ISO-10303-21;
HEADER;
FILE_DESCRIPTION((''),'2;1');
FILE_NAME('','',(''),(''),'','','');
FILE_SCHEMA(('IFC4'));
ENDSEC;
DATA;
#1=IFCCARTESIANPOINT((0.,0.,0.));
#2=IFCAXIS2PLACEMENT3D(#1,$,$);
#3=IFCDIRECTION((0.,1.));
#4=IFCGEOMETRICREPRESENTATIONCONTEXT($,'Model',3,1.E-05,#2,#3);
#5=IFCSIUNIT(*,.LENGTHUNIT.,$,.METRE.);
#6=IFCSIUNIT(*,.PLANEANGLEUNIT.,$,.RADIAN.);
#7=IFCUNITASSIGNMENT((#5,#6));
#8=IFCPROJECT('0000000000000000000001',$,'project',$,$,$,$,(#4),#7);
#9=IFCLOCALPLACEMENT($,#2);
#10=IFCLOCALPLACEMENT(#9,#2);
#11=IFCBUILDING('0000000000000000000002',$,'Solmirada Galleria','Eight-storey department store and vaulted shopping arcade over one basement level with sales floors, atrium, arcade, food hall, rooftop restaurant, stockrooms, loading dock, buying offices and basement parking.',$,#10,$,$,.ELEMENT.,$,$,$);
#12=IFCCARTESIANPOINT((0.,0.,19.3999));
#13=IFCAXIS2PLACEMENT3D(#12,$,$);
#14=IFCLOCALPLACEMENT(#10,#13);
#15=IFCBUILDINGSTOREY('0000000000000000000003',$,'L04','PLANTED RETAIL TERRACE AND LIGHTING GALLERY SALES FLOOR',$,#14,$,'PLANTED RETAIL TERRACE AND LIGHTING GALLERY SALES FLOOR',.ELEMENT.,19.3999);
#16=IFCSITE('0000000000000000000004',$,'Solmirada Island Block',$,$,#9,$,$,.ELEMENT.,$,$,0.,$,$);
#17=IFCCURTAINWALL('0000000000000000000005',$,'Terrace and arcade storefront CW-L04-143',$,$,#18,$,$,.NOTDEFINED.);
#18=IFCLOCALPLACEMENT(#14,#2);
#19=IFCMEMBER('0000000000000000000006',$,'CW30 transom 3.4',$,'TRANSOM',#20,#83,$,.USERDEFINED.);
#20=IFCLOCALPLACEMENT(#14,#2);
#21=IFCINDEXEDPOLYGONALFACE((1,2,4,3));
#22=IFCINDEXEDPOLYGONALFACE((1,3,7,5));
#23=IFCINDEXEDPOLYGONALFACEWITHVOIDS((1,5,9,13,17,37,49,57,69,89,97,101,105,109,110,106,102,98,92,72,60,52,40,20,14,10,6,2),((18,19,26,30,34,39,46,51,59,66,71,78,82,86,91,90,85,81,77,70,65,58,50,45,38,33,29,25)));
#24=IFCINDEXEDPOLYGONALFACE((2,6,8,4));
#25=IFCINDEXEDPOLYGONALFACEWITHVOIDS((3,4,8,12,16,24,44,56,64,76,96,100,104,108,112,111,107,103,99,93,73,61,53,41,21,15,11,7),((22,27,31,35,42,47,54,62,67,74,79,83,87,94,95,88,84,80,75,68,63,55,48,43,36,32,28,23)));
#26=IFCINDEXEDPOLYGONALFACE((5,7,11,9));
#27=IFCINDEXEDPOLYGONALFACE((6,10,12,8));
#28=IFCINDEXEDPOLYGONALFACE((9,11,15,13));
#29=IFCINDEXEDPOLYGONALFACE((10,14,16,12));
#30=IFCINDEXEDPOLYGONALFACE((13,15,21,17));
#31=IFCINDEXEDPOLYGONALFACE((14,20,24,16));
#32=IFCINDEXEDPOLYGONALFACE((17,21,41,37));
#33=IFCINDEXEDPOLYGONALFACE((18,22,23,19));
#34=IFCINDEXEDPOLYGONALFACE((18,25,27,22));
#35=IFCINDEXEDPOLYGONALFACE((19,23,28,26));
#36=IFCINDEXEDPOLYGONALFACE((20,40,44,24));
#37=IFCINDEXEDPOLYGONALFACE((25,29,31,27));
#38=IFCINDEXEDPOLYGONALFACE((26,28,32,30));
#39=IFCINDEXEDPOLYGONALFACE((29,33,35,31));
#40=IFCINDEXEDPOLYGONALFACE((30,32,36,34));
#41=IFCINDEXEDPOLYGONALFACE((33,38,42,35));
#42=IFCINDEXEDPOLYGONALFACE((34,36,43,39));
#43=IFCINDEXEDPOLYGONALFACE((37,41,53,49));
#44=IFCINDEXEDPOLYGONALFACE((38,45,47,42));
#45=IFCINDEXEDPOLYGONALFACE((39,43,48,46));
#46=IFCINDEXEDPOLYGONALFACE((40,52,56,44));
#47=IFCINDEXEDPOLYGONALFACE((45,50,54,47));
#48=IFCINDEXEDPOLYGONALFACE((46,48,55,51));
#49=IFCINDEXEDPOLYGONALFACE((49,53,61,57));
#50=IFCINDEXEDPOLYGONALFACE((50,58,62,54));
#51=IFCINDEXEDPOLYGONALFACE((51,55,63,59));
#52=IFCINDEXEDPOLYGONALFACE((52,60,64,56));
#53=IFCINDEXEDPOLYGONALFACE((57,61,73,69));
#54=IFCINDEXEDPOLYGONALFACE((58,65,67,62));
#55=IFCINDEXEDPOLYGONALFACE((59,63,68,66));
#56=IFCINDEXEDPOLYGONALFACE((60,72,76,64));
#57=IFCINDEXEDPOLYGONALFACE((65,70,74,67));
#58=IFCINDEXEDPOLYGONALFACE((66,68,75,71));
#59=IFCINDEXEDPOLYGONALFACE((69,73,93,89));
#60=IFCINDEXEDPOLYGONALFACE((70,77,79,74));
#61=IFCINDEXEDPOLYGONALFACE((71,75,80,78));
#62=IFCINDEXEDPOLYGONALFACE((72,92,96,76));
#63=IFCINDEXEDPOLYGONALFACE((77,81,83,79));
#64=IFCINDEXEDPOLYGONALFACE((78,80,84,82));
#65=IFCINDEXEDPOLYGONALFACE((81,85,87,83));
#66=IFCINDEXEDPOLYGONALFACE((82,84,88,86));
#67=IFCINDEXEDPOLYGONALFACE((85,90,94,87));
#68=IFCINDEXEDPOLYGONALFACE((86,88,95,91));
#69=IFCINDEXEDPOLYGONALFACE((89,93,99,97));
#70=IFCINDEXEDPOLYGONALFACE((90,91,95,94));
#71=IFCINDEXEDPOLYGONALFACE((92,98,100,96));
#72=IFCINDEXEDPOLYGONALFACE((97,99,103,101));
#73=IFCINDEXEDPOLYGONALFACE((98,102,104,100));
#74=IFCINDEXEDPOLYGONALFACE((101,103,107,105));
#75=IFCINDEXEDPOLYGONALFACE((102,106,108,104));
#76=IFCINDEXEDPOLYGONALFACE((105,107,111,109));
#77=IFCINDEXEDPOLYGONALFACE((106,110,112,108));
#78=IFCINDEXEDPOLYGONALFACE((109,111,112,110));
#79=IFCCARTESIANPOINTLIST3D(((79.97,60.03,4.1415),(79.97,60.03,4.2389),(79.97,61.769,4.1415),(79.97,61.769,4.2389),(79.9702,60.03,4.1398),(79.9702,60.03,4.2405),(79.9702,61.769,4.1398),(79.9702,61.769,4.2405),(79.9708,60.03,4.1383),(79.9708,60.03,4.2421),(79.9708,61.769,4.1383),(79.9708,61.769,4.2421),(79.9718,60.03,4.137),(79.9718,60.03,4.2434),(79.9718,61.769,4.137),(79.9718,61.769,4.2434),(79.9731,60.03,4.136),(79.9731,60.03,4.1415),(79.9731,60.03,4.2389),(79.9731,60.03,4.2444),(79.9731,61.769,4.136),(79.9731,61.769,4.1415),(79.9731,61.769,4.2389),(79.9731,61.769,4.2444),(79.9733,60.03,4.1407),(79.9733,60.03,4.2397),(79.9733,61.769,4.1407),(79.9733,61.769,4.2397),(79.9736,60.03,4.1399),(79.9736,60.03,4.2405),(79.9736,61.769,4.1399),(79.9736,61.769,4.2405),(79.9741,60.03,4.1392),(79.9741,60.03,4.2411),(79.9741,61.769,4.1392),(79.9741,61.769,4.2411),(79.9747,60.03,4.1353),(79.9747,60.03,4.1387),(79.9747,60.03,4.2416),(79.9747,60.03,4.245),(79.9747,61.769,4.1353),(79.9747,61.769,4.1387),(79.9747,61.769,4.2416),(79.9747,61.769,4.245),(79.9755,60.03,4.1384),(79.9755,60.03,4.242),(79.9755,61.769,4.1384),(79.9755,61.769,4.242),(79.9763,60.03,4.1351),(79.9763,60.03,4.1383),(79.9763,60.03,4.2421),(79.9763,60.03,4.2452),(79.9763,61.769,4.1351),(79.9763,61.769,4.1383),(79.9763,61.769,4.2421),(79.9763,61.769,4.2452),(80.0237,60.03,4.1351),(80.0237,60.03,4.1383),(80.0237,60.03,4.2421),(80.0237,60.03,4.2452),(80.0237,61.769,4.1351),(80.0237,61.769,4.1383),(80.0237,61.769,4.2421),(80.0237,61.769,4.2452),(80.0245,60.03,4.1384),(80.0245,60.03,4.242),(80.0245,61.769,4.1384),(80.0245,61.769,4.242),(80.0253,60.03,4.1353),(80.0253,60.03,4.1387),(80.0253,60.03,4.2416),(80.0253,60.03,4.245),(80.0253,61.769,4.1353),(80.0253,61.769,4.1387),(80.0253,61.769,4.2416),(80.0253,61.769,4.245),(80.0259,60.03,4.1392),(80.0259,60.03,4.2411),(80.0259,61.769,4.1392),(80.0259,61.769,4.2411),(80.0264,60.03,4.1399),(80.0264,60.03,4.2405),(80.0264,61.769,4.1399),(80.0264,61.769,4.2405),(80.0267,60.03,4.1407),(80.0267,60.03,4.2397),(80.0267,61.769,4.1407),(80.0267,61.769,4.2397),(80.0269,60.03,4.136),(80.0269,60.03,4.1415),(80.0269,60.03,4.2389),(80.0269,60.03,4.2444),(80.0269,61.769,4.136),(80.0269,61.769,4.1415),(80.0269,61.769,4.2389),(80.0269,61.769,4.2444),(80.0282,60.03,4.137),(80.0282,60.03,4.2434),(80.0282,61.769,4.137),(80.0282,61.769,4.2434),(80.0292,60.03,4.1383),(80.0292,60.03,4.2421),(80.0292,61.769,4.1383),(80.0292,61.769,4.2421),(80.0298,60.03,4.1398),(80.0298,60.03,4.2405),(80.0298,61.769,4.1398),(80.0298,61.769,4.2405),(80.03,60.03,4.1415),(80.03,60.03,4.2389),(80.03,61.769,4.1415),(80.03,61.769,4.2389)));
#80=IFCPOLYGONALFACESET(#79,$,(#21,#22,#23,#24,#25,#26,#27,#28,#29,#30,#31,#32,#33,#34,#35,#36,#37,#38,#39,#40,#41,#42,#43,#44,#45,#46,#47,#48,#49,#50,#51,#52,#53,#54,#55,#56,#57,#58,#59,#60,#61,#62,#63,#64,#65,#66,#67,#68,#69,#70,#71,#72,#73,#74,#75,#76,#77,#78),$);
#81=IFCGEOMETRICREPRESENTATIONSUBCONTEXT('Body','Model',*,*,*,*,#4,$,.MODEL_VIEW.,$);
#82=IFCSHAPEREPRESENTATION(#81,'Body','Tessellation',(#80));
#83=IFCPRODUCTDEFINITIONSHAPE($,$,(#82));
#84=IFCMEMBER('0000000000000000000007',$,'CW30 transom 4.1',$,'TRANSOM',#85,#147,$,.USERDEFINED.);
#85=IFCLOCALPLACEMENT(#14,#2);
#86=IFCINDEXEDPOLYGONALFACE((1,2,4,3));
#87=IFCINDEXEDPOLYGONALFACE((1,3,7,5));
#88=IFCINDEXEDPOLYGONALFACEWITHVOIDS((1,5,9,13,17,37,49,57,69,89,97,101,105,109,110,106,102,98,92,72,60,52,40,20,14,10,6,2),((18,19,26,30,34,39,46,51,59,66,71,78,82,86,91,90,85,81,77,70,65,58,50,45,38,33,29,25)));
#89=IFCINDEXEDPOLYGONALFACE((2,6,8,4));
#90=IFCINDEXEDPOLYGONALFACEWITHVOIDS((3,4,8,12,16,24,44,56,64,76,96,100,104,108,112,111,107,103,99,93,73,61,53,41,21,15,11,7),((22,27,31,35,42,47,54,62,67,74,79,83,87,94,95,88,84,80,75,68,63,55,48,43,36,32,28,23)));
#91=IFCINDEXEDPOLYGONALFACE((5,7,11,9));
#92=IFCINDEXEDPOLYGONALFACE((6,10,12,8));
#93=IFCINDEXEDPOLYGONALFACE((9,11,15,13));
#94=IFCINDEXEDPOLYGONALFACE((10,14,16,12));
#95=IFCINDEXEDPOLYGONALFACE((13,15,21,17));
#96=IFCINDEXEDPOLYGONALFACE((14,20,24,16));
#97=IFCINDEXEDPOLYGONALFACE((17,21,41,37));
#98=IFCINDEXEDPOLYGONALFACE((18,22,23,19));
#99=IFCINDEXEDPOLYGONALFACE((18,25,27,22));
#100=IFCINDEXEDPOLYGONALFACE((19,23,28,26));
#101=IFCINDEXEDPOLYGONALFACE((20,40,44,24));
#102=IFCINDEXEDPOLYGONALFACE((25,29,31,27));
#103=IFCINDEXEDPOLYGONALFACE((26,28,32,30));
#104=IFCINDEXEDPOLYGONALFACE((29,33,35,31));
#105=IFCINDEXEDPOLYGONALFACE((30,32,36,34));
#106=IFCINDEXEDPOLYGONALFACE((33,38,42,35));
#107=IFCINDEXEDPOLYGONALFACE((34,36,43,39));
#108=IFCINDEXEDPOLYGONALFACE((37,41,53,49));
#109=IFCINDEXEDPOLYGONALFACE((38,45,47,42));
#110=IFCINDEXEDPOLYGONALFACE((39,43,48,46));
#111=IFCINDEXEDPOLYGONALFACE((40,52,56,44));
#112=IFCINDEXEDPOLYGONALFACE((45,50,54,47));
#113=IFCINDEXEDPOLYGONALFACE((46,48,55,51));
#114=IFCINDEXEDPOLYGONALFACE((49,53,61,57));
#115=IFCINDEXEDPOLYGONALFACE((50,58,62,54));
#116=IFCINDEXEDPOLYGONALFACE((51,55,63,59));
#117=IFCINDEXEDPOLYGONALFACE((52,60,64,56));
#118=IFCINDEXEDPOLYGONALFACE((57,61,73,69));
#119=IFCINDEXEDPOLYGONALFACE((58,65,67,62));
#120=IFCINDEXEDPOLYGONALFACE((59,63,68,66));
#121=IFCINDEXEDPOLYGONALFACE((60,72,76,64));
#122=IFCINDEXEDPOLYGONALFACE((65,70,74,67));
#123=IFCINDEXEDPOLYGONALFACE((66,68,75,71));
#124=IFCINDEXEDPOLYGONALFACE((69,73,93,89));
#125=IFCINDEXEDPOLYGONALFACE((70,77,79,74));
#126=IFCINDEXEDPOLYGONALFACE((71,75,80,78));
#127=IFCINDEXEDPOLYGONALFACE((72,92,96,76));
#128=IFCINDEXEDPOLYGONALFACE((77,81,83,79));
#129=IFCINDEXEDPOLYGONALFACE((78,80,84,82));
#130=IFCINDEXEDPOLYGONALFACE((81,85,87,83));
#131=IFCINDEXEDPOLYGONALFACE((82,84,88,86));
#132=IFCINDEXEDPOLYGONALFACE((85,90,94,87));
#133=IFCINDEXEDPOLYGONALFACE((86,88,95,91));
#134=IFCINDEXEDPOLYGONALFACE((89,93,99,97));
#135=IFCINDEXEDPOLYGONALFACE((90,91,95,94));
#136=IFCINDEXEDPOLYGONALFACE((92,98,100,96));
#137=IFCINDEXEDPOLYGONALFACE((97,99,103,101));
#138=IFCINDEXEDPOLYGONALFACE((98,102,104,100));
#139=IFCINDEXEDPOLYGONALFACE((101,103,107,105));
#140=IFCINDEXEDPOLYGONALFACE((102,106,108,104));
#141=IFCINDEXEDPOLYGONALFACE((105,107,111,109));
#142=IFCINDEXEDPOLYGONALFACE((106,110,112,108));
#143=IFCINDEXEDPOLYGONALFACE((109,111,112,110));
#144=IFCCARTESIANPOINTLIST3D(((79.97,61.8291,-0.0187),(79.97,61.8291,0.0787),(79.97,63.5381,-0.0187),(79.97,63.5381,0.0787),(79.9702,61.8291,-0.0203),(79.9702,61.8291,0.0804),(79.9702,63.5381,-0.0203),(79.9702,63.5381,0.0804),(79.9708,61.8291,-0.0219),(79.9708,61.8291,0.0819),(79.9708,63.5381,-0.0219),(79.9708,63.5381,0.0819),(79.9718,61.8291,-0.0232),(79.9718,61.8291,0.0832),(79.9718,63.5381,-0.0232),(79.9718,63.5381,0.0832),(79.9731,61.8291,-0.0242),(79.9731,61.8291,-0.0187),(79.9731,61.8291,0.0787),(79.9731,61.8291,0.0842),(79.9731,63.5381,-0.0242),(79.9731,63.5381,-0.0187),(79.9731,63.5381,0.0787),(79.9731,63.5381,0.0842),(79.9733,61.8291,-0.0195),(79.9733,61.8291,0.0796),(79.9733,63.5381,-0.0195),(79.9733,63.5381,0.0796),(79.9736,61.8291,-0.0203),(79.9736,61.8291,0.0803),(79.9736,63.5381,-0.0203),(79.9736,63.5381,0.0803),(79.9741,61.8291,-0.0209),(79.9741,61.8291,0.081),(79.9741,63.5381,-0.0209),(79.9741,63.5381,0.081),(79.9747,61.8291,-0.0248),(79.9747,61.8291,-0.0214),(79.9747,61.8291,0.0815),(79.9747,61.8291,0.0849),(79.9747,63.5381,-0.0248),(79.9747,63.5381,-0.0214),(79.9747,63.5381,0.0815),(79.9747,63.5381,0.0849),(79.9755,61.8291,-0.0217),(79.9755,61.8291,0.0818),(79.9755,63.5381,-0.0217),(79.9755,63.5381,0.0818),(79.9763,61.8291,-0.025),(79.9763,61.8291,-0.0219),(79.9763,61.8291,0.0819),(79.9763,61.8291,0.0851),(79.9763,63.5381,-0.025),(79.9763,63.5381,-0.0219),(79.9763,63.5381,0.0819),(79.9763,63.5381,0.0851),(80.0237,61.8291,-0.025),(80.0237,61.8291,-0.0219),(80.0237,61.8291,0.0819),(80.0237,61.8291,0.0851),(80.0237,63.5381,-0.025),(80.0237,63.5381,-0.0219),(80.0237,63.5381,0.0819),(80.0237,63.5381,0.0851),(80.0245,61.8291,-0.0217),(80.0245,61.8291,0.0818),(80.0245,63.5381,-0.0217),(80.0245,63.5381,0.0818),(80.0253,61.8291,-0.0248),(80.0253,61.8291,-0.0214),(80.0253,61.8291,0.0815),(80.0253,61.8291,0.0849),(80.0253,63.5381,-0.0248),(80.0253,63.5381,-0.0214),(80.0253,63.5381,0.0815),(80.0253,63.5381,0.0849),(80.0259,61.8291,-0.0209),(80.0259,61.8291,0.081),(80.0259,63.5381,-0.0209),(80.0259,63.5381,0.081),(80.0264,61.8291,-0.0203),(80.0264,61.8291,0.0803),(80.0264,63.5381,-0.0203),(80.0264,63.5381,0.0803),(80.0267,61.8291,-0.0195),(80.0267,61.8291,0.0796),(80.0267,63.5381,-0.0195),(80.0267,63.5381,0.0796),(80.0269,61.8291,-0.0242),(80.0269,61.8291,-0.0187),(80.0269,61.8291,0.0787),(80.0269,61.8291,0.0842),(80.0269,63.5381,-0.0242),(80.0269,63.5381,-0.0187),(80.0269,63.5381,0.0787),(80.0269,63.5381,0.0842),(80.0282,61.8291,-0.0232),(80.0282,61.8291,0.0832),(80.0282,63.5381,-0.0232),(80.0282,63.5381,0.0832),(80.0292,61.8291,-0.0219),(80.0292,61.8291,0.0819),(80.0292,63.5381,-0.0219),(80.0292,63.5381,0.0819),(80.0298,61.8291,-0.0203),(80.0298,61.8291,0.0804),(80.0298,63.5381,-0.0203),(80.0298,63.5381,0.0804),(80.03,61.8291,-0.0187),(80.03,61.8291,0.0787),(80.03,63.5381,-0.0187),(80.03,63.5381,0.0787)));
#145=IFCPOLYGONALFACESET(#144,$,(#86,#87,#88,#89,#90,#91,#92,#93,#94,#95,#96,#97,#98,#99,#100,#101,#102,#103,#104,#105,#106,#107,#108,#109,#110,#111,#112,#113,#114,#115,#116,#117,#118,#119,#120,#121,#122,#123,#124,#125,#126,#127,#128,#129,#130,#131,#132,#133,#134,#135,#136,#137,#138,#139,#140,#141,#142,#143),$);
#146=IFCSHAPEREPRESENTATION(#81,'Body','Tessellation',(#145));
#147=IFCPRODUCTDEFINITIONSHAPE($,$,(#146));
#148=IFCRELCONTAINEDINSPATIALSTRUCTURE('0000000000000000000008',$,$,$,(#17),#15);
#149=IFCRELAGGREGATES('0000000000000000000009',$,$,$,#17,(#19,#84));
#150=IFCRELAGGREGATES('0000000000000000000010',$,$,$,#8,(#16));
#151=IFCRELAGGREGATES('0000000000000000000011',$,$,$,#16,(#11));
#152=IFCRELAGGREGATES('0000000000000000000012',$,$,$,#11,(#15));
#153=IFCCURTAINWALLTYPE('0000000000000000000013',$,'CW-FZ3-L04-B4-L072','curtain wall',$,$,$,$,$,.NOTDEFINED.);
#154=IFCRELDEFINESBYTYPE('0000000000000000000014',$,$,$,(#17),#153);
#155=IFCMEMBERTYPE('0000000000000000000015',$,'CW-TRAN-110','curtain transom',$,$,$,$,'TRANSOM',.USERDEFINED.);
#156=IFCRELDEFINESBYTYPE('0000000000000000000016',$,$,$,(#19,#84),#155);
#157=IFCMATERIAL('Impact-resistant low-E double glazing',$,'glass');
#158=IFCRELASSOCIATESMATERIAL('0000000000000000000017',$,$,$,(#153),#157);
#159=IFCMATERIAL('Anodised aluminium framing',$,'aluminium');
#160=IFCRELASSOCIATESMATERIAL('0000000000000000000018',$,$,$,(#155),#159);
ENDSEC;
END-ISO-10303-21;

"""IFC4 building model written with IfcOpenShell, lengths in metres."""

from ifc_helpers import new_model, si_unit, direction, frame, origin, origin_2d, place, context, subcontext, project, spatial, hollow_rectangle, extrude, material, material_profile, profile_set, type_object, element, aggregate, save


model = new_model("IFC4")

# Units and contexts
model_context = context("Model", 3, precision=1e-05, world=origin(), true_north=direction((0.0, 1.0)))
body_context = subcontext(model_context, "Body", "Model", "MODEL_VIEW")
ifc_project = project(units=[si_unit("LENGTHUNIT", "METRE"), si_unit("PLANEANGLEUNIT", "RADIAN")], contexts=[model_context])

# Site, building, storey
site_placement = place(None, origin())
site = spatial("IfcSite", under=ifc_project, at=site_placement, Name="Solmirada Island Block", CompositionType="ELEMENT", RefElevation=0.0)
building_placement = place(site_placement, origin())
building = spatial("IfcBuilding", under=site, at=building_placement, Name="Solmirada Galleria", Description="Eight-storey department store and vaulted shopping arcade over one basement level with sales floors, atrium, arcade, food hall, rooftop restaurant, stockrooms, loading dock, buying offices and basement parking.", CompositionType="ELEMENT")
storey_placement = place(building_placement, frame((0.0, 0.0, 19.3999)))
storey = spatial("IfcBuildingStorey", under=building, at=storey_placement, Name="L04", Description="PLANTED RETAIL TERRACE AND LIGHTING GALLERY SALES FLOOR", LongName="PLANTED RETAIL TERRACE AND LIGHTING GALLERY SALES FLOOR", CompositionType="ELEMENT", Elevation=19.3999)

# Curtain wall, members
ifc_material_1 = material(Name="Impact-resistant low-E double glazing", Category="glass")
curtain_wall_type = type_object("IfcCurtainWallType", Name="CW-FZ3-L04-B4-L072", Description="curtain wall", PredefinedType="NOTDEFINED", material=ifc_material_1)
curtain_wall_placement = place(storey_placement, origin())
curtain_wall = element("IfcCurtainWall", 1, at=curtain_wall_placement, inside=storey, type_object=curtain_wall_type, Name="Terrace and arcade storefront CW-L04-143", PredefinedType="NOTDEFINED")
ifc_material_2 = material(Name="Anodised aluminium framing", Category="aluminium")
ifc_material_profile_1 = material_profile(ifc_material_2, hollow_rectangle(XDim=0.0601, YDim=0.1101, WallThickness=0.0032, InnerFilletRadius=0.0032, OuterFilletRadius=0.0063, at=origin_2d()), Name="ALU-TRAN-110X60")
ifc_profile_set_1 = profile_set([ifc_material_profile_1], Name="Anodised aluminium framing")
member_type_1 = type_object("IfcMemberType", Name="CW-TRAN-110", Description="curtain transom", ElementType="TRANSOM", PredefinedType="USERDEFINED", material=ifc_profile_set_1)
member_1_placement = place(storey_placement, frame((80.0, 60.03, 4.1902), z_axis=(0.0, 1.0, 0.0), x_axis=(-1.0, 0.0, 0.0)))
member_1 = element("IfcMember", 2, at=member_1_placement, type_object=member_type_1, Name="CW30 transom 3.4", ObjectType="TRANSOM", PredefinedType="USERDEFINED", context=body_context, shape_type="SweptSolid", body=[
    extrude(hollow_rectangle(XDim=0.0601, YDim=0.1101, WallThickness=0.0032, InnerFilletRadius=0.0032, OuterFilletRadius=0.0063, at=origin_2d()), origin(), (0.0, 0.0, 1.0), 1.739),
])
member_2_placement = place(storey_placement, frame((80.0, 61.8291, 0.03), z_axis=(0.0, 1.0, 0.0), x_axis=(-1.0, 0.0, 0.0)))
member_2 = element("IfcMember", 3, at=member_2_placement, type_object=member_type_1, Name="CW30 transom 4.1", ObjectType="TRANSOM", PredefinedType="USERDEFINED", context=body_context, shape_type="SweptSolid", body=[
    extrude(hollow_rectangle(XDim=0.0601, YDim=0.1101, WallThickness=0.0032, InnerFilletRadius=0.0032, OuterFilletRadius=0.0063, at=origin_2d()), origin(), (0.0, 0.0, 1.0), 1.709),
])
aggregate(curtain_wall, [member_1, member_2])

save(model, "model.ifc")
